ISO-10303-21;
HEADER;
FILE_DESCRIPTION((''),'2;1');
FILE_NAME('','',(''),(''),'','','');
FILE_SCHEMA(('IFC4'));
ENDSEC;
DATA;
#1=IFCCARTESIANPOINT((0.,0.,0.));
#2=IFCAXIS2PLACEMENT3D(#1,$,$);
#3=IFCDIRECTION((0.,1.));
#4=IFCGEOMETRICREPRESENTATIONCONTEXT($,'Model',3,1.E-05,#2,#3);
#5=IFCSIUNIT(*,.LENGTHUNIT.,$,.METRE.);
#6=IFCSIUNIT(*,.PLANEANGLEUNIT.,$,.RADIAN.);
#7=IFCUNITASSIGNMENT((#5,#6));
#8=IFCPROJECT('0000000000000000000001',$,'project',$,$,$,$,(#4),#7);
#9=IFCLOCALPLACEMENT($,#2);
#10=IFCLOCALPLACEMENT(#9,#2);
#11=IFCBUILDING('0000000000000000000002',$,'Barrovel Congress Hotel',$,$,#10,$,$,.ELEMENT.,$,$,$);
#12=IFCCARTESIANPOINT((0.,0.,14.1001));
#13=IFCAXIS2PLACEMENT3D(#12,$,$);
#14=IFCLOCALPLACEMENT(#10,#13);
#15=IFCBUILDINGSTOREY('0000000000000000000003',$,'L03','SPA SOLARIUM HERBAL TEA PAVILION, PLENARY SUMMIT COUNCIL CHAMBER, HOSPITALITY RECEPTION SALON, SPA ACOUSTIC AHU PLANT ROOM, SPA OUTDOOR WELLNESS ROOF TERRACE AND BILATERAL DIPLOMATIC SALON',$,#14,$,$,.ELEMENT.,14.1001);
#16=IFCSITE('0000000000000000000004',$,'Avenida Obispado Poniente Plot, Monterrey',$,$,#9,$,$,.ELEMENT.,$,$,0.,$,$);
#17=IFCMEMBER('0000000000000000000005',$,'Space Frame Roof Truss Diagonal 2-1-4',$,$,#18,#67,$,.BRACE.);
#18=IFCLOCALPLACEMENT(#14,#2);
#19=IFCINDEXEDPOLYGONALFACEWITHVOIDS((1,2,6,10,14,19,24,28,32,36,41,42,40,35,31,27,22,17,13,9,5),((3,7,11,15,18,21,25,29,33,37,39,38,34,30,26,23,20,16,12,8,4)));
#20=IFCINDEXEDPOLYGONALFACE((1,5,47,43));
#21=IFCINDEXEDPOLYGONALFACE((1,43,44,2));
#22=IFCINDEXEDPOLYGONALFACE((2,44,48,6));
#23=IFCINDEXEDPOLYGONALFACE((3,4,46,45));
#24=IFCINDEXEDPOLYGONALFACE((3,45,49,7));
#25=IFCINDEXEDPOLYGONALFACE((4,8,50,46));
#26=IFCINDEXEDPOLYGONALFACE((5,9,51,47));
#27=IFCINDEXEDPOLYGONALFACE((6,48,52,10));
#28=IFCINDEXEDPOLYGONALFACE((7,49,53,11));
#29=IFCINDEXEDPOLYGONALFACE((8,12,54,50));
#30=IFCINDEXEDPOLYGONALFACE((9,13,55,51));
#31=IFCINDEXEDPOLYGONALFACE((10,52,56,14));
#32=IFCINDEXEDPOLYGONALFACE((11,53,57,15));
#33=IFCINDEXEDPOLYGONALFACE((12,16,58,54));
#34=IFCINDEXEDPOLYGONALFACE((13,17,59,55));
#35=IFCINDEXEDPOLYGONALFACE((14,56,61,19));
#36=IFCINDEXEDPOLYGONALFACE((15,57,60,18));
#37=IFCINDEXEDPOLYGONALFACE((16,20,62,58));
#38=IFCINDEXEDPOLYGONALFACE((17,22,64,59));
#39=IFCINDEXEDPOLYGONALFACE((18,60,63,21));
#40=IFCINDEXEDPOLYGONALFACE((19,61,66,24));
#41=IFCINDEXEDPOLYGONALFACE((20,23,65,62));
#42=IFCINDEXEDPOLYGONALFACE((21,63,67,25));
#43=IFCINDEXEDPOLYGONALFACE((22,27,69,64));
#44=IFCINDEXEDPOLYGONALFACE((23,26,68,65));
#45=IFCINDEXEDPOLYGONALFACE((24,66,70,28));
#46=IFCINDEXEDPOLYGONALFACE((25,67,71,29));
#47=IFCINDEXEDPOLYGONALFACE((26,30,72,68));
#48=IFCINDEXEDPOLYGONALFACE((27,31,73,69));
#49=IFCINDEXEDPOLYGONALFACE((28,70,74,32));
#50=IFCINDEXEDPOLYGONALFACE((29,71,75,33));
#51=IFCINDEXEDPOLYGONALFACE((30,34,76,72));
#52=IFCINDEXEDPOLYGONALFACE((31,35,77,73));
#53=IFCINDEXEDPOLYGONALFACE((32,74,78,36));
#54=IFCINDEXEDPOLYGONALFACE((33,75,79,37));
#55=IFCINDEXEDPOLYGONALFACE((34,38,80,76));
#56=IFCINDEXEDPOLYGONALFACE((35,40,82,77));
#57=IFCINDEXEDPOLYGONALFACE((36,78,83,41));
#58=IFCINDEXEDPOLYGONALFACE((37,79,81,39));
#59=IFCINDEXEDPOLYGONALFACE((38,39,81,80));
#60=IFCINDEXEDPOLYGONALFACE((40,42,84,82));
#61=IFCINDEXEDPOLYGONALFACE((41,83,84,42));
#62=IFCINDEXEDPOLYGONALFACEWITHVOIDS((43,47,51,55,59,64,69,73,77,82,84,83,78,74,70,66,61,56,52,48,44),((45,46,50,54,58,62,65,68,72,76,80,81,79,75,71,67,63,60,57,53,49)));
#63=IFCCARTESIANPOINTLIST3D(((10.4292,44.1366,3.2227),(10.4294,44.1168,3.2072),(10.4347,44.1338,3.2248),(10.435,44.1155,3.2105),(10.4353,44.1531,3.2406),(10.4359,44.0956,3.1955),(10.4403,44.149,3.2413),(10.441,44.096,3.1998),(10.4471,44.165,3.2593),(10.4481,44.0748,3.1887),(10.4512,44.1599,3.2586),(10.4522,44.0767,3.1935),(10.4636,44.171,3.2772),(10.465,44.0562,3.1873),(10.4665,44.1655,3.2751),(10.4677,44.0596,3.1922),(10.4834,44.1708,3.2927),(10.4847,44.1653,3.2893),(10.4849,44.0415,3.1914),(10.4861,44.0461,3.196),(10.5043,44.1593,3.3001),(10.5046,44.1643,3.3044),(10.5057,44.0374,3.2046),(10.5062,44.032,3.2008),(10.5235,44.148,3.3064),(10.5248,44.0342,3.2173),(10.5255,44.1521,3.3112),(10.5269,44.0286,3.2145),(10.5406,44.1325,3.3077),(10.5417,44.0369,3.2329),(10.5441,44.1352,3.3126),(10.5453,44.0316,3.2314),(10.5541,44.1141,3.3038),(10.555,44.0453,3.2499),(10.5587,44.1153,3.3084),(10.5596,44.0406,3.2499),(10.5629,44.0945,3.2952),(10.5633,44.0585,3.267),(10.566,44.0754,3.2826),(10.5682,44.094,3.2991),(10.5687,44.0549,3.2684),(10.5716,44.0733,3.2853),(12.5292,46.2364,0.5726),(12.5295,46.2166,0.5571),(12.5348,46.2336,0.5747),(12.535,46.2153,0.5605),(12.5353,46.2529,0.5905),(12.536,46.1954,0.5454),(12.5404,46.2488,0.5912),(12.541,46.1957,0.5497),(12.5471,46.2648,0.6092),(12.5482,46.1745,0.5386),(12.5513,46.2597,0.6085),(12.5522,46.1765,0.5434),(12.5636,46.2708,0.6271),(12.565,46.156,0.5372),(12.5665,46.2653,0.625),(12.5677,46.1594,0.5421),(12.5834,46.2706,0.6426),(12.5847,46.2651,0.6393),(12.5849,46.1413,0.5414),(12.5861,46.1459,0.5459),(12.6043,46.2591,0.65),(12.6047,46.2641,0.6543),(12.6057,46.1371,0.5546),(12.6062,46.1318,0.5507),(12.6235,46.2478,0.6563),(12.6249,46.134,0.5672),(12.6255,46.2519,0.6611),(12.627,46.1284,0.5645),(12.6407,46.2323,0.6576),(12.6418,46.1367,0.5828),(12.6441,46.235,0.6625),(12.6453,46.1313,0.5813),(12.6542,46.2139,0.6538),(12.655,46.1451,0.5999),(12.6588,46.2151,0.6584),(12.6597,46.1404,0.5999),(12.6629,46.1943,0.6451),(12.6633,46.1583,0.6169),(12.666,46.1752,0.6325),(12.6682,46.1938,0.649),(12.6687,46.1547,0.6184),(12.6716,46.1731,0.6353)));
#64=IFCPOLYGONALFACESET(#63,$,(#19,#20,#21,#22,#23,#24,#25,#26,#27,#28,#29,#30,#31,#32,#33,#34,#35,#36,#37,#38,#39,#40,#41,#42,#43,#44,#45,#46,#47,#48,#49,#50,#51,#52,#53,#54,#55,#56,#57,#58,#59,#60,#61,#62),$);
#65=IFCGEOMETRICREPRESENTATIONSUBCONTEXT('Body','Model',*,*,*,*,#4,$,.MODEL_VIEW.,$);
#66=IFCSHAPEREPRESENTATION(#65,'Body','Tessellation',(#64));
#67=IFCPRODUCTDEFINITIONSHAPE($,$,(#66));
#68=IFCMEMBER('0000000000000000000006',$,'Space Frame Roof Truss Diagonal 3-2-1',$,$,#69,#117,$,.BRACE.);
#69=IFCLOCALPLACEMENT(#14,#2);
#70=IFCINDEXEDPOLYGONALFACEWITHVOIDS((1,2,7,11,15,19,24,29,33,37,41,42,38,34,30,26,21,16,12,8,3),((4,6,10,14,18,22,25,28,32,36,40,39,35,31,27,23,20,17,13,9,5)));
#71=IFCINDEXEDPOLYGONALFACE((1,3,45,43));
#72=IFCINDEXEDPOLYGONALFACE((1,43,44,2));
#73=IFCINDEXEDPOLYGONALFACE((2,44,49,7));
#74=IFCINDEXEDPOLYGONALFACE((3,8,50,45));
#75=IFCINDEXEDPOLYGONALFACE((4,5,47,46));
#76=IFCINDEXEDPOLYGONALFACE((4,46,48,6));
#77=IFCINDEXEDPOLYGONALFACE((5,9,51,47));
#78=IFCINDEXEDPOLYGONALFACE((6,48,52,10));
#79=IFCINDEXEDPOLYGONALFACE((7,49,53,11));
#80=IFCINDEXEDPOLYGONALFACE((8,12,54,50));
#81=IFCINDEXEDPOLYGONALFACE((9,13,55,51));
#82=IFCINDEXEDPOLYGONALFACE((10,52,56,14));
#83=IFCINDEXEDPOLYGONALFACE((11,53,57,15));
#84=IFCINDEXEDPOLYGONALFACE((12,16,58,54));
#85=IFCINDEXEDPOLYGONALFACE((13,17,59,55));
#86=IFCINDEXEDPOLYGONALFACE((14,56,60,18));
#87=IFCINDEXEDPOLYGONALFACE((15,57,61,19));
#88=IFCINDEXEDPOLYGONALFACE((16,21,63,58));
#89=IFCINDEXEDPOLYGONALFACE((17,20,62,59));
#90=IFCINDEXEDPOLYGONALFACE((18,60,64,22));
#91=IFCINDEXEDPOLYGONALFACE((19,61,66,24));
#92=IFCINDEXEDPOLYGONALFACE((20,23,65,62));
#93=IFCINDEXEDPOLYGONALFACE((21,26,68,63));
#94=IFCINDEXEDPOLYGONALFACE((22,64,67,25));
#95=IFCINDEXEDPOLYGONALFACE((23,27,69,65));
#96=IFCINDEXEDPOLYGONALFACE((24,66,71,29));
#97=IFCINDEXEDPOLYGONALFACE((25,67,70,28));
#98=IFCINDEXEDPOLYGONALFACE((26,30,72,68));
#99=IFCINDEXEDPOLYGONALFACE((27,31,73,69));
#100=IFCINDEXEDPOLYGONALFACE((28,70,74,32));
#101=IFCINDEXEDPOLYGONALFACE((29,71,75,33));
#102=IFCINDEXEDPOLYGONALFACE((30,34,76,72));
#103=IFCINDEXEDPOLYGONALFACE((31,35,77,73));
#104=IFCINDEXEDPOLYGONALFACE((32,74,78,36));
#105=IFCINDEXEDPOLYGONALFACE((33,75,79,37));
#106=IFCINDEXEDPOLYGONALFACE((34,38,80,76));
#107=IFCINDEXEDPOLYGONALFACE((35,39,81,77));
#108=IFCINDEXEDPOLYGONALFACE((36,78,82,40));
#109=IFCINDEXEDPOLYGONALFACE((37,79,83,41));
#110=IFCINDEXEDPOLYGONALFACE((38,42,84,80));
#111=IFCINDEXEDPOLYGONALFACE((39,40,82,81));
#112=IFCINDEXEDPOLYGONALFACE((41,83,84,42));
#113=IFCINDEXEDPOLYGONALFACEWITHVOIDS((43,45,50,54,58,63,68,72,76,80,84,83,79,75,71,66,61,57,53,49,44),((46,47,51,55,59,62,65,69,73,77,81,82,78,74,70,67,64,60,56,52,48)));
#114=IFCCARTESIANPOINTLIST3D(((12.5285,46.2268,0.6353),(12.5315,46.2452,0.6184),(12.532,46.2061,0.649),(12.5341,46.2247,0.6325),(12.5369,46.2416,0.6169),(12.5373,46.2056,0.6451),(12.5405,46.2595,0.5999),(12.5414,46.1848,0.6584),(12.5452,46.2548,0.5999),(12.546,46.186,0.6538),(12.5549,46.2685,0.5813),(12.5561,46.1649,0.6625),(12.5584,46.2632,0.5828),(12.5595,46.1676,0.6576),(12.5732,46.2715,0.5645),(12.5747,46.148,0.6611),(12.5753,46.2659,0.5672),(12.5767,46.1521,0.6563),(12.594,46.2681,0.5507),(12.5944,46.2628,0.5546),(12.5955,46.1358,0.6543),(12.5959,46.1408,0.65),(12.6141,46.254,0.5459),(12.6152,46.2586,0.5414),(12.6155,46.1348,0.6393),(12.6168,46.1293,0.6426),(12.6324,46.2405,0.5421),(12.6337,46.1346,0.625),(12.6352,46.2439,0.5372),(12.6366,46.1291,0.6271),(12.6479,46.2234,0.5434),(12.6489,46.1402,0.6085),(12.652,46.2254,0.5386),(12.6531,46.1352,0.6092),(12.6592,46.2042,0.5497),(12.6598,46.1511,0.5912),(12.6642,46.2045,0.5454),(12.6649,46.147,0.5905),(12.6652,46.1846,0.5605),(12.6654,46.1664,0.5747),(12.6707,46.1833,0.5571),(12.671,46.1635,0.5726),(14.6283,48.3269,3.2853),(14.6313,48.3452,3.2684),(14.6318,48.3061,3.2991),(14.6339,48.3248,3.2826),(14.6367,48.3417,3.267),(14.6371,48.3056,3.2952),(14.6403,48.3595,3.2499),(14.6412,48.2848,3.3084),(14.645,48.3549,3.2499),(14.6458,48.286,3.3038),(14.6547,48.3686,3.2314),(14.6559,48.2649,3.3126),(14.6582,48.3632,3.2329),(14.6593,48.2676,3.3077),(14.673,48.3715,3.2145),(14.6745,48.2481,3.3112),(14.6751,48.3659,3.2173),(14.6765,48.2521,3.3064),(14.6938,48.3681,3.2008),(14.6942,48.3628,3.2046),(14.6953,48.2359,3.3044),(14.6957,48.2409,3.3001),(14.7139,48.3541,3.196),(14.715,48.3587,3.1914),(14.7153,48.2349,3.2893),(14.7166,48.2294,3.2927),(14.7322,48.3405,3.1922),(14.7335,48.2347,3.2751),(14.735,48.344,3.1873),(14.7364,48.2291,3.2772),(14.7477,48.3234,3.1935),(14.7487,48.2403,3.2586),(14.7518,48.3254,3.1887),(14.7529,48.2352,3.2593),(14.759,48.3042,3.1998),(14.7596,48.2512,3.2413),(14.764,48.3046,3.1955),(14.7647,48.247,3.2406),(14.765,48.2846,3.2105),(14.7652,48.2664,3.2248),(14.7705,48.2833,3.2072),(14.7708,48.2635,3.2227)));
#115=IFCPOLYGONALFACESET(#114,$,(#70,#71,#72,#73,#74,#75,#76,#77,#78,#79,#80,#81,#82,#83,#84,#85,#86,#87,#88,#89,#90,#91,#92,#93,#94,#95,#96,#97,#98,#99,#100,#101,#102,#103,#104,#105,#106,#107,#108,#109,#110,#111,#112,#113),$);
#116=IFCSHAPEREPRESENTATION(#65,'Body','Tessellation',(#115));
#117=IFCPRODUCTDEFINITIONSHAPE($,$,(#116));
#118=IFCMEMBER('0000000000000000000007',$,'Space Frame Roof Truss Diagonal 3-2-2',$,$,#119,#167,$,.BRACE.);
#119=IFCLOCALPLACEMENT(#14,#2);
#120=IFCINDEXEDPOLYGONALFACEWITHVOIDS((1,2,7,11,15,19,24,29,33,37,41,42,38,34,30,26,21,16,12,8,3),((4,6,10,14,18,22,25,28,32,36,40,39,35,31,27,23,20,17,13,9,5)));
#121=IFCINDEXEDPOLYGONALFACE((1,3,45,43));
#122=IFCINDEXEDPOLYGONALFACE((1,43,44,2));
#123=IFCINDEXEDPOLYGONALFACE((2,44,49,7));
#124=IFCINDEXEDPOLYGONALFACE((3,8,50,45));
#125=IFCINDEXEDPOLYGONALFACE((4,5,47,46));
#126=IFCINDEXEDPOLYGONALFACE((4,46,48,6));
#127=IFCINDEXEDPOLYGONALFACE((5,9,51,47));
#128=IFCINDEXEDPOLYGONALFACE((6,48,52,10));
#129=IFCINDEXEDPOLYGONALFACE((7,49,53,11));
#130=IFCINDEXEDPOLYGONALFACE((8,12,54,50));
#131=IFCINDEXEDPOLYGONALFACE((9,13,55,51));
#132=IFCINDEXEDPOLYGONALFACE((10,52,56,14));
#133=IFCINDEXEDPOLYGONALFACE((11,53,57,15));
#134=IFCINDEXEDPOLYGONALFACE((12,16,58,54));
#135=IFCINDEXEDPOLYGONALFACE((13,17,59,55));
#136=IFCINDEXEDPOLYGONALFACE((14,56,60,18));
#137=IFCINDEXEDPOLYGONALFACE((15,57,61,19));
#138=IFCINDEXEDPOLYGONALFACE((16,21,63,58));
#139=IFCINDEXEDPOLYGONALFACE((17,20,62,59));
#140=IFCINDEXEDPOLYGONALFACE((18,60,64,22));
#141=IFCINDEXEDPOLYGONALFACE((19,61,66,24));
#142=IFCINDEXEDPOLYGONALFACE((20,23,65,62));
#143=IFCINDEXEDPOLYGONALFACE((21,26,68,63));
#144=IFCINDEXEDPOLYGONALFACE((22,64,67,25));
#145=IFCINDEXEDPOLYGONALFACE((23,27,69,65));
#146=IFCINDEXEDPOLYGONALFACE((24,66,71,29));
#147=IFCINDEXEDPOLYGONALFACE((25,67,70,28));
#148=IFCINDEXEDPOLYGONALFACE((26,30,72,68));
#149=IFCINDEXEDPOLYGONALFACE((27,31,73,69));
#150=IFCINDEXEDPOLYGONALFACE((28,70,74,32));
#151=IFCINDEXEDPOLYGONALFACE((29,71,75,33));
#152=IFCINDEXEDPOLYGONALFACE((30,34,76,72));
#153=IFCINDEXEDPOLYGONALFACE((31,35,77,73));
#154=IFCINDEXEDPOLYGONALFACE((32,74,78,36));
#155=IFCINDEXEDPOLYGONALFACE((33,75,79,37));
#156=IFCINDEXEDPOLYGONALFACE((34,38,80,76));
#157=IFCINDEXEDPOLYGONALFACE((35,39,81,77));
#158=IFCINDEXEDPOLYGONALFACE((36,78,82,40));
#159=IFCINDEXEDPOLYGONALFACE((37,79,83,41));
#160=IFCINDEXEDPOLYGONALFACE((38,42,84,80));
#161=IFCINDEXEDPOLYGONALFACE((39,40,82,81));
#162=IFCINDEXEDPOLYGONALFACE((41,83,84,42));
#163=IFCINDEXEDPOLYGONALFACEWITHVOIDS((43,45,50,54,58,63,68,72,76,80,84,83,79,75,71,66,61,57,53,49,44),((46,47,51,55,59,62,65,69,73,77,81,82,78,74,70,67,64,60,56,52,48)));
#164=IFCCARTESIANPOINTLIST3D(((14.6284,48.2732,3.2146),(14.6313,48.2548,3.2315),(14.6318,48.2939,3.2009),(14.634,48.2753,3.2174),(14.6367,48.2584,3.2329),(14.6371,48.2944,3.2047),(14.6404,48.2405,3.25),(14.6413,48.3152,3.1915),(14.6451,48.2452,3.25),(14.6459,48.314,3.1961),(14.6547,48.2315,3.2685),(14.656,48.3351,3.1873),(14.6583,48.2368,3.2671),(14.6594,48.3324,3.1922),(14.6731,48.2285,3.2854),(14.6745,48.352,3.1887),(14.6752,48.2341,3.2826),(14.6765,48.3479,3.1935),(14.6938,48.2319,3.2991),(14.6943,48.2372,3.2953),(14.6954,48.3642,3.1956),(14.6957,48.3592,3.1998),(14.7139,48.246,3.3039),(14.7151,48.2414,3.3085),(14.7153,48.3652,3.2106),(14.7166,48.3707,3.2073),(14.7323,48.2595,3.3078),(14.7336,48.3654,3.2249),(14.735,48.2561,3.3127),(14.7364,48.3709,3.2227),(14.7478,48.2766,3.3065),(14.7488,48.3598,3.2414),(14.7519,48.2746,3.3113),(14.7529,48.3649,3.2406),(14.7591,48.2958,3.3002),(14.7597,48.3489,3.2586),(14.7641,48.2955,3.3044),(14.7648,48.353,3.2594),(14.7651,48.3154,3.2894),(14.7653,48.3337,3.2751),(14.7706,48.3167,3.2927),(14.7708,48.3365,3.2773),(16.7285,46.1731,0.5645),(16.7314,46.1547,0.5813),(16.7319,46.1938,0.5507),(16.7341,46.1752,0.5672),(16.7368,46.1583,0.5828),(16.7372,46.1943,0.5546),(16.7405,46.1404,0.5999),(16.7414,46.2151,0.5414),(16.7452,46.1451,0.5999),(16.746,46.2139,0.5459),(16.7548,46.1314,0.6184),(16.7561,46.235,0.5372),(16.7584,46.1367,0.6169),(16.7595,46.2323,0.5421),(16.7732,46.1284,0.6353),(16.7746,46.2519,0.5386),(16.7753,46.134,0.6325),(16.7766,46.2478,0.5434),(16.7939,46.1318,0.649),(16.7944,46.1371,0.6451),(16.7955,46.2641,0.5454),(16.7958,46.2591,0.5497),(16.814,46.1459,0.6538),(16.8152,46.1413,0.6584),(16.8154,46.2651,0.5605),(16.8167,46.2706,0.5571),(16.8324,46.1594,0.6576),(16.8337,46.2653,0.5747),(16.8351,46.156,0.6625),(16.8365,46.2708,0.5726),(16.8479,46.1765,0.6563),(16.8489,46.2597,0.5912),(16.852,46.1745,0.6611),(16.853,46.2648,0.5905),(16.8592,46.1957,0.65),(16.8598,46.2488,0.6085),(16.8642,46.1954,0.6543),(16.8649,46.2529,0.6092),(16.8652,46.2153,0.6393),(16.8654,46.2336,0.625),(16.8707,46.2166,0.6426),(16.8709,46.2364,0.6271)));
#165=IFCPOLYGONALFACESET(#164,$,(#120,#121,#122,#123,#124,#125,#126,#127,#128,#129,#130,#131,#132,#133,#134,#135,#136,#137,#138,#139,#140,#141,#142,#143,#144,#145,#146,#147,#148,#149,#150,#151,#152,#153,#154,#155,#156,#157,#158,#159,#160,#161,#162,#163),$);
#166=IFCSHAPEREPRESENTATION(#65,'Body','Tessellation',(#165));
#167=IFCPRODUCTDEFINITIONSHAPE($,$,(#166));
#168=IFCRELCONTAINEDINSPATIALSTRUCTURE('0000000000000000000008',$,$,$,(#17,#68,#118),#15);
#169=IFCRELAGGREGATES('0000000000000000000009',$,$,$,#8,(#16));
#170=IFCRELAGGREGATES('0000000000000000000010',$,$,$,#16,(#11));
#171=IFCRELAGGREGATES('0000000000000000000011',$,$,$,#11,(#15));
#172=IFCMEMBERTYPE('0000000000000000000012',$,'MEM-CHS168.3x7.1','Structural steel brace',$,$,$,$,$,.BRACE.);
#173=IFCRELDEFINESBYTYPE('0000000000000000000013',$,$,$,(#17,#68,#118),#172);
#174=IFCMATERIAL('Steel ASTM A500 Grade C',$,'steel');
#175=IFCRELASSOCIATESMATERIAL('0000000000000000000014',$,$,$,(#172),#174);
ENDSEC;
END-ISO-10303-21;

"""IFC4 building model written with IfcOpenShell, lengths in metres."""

from ifc_helpers import new_model, si_unit, direction, frame, origin, origin_2d, place, context, subcontext, project, spatial, hollow_circle, extrude, material, material_profile, profile_set, type_object, element, save


model = new_model("IFC4")

# Units and contexts
model_context = context("Model", 3, precision=1e-05, world=origin(), true_north=direction((0.0, 1.0)))
body_context = subcontext(model_context, "Body", "Model", "MODEL_VIEW")
ifc_project = project(units=[si_unit("LENGTHUNIT", "METRE"), si_unit("PLANEANGLEUNIT", "RADIAN")], contexts=[model_context])

# Site, building, storey
site_placement = place(None, origin())
site = spatial("IfcSite", under=ifc_project, at=site_placement, Name="Avenida Obispado Poniente Plot, Monterrey", CompositionType="ELEMENT", RefElevation=0.0)
building_placement = place(site_placement, origin())
building = spatial("IfcBuilding", under=site, at=building_placement, Name="Barrovel Congress Hotel", CompositionType="ELEMENT")
storey_placement = place(building_placement, frame((0.0, 0.0, 14.1001)))
storey = spatial("IfcBuildingStorey", under=building, at=storey_placement, Name="L03", Description="SPA SOLARIUM HERBAL TEA PAVILION, PLENARY SUMMIT COUNCIL CHAMBER, HOSPITALITY RECEPTION SALON, SPA ACOUSTIC AHU PLANT ROOM, SPA OUTDOOR WELLNESS ROOF TERRACE AND BILATERAL DIPLOMATIC SALON", CompositionType="ELEMENT", Elevation=14.1001)

# Members
ifc_material_1 = material(Name="Steel ASTM A500 Grade C", Category="steel")
ifc_material_profile_1 = material_profile(ifc_material_1, hollow_circle(Radius=0.0842, WallThickness=0.0066, at=origin_2d()), Name="CHS168.3x7.1")
ifc_profile_set_1 = profile_set([ifc_material_profile_1], Name="Steel ASTM A500 Grade C")
member_type_1 = type_object("IfcMemberType", Name="MEM-CHS168.3x7.1", Description="Structural steel brace", PredefinedType="BRACE", material=ifc_profile_set_1)
for number, where, z_axis, x_axis, name in (
    (1, (12.6001, 46.2, 0.5999), (-0.527618, -0.527557, 0.66581), (0.707066, -0.707148, 0.0), "Space Frame Roof Truss Diagonal 2-1-4"),
    (2, (12.6001, 46.2, 0.5999), (0.527557, 0.527618, 0.66581), (-0.707148, 0.707066, 0.0), "Space Frame Roof Truss Diagonal 3-2-1"),
):
    element("IfcMember", number, at=place(storey_placement, frame(where, z_axis=z_axis, x_axis=x_axis)), inside=storey, type_object=member_type_1, Name=name, PredefinedType="BRACE", context=body_context, shape_type="SweptSolid", body=[
        extrude(hollow_circle(Radius=0.0842, WallThickness=0.0066, at=origin_2d()), origin(), (0.0, 0.0, 1.0), 3.9802),
    ])
member_1_placement = place(storey_placement, frame((16.8, 46.2, 0.5999), z_axis=(-0.527601, 0.527601, 0.665788), x_axis=(-0.707107, -0.707107, 0.0)))
element("IfcMember", 3, at=member_1_placement, inside=storey, type_object=member_type_1, Name="Space Frame Roof Truss Diagonal 3-2-2", PredefinedType="BRACE", context=body_context, shape_type="SweptSolid", body=[
    extrude(hollow_circle(Radius=0.0842, WallThickness=0.0066, at=origin_2d()), origin(), (0.0, 0.0, 1.0), 3.9805),
])

save(model, "model.ifc")
